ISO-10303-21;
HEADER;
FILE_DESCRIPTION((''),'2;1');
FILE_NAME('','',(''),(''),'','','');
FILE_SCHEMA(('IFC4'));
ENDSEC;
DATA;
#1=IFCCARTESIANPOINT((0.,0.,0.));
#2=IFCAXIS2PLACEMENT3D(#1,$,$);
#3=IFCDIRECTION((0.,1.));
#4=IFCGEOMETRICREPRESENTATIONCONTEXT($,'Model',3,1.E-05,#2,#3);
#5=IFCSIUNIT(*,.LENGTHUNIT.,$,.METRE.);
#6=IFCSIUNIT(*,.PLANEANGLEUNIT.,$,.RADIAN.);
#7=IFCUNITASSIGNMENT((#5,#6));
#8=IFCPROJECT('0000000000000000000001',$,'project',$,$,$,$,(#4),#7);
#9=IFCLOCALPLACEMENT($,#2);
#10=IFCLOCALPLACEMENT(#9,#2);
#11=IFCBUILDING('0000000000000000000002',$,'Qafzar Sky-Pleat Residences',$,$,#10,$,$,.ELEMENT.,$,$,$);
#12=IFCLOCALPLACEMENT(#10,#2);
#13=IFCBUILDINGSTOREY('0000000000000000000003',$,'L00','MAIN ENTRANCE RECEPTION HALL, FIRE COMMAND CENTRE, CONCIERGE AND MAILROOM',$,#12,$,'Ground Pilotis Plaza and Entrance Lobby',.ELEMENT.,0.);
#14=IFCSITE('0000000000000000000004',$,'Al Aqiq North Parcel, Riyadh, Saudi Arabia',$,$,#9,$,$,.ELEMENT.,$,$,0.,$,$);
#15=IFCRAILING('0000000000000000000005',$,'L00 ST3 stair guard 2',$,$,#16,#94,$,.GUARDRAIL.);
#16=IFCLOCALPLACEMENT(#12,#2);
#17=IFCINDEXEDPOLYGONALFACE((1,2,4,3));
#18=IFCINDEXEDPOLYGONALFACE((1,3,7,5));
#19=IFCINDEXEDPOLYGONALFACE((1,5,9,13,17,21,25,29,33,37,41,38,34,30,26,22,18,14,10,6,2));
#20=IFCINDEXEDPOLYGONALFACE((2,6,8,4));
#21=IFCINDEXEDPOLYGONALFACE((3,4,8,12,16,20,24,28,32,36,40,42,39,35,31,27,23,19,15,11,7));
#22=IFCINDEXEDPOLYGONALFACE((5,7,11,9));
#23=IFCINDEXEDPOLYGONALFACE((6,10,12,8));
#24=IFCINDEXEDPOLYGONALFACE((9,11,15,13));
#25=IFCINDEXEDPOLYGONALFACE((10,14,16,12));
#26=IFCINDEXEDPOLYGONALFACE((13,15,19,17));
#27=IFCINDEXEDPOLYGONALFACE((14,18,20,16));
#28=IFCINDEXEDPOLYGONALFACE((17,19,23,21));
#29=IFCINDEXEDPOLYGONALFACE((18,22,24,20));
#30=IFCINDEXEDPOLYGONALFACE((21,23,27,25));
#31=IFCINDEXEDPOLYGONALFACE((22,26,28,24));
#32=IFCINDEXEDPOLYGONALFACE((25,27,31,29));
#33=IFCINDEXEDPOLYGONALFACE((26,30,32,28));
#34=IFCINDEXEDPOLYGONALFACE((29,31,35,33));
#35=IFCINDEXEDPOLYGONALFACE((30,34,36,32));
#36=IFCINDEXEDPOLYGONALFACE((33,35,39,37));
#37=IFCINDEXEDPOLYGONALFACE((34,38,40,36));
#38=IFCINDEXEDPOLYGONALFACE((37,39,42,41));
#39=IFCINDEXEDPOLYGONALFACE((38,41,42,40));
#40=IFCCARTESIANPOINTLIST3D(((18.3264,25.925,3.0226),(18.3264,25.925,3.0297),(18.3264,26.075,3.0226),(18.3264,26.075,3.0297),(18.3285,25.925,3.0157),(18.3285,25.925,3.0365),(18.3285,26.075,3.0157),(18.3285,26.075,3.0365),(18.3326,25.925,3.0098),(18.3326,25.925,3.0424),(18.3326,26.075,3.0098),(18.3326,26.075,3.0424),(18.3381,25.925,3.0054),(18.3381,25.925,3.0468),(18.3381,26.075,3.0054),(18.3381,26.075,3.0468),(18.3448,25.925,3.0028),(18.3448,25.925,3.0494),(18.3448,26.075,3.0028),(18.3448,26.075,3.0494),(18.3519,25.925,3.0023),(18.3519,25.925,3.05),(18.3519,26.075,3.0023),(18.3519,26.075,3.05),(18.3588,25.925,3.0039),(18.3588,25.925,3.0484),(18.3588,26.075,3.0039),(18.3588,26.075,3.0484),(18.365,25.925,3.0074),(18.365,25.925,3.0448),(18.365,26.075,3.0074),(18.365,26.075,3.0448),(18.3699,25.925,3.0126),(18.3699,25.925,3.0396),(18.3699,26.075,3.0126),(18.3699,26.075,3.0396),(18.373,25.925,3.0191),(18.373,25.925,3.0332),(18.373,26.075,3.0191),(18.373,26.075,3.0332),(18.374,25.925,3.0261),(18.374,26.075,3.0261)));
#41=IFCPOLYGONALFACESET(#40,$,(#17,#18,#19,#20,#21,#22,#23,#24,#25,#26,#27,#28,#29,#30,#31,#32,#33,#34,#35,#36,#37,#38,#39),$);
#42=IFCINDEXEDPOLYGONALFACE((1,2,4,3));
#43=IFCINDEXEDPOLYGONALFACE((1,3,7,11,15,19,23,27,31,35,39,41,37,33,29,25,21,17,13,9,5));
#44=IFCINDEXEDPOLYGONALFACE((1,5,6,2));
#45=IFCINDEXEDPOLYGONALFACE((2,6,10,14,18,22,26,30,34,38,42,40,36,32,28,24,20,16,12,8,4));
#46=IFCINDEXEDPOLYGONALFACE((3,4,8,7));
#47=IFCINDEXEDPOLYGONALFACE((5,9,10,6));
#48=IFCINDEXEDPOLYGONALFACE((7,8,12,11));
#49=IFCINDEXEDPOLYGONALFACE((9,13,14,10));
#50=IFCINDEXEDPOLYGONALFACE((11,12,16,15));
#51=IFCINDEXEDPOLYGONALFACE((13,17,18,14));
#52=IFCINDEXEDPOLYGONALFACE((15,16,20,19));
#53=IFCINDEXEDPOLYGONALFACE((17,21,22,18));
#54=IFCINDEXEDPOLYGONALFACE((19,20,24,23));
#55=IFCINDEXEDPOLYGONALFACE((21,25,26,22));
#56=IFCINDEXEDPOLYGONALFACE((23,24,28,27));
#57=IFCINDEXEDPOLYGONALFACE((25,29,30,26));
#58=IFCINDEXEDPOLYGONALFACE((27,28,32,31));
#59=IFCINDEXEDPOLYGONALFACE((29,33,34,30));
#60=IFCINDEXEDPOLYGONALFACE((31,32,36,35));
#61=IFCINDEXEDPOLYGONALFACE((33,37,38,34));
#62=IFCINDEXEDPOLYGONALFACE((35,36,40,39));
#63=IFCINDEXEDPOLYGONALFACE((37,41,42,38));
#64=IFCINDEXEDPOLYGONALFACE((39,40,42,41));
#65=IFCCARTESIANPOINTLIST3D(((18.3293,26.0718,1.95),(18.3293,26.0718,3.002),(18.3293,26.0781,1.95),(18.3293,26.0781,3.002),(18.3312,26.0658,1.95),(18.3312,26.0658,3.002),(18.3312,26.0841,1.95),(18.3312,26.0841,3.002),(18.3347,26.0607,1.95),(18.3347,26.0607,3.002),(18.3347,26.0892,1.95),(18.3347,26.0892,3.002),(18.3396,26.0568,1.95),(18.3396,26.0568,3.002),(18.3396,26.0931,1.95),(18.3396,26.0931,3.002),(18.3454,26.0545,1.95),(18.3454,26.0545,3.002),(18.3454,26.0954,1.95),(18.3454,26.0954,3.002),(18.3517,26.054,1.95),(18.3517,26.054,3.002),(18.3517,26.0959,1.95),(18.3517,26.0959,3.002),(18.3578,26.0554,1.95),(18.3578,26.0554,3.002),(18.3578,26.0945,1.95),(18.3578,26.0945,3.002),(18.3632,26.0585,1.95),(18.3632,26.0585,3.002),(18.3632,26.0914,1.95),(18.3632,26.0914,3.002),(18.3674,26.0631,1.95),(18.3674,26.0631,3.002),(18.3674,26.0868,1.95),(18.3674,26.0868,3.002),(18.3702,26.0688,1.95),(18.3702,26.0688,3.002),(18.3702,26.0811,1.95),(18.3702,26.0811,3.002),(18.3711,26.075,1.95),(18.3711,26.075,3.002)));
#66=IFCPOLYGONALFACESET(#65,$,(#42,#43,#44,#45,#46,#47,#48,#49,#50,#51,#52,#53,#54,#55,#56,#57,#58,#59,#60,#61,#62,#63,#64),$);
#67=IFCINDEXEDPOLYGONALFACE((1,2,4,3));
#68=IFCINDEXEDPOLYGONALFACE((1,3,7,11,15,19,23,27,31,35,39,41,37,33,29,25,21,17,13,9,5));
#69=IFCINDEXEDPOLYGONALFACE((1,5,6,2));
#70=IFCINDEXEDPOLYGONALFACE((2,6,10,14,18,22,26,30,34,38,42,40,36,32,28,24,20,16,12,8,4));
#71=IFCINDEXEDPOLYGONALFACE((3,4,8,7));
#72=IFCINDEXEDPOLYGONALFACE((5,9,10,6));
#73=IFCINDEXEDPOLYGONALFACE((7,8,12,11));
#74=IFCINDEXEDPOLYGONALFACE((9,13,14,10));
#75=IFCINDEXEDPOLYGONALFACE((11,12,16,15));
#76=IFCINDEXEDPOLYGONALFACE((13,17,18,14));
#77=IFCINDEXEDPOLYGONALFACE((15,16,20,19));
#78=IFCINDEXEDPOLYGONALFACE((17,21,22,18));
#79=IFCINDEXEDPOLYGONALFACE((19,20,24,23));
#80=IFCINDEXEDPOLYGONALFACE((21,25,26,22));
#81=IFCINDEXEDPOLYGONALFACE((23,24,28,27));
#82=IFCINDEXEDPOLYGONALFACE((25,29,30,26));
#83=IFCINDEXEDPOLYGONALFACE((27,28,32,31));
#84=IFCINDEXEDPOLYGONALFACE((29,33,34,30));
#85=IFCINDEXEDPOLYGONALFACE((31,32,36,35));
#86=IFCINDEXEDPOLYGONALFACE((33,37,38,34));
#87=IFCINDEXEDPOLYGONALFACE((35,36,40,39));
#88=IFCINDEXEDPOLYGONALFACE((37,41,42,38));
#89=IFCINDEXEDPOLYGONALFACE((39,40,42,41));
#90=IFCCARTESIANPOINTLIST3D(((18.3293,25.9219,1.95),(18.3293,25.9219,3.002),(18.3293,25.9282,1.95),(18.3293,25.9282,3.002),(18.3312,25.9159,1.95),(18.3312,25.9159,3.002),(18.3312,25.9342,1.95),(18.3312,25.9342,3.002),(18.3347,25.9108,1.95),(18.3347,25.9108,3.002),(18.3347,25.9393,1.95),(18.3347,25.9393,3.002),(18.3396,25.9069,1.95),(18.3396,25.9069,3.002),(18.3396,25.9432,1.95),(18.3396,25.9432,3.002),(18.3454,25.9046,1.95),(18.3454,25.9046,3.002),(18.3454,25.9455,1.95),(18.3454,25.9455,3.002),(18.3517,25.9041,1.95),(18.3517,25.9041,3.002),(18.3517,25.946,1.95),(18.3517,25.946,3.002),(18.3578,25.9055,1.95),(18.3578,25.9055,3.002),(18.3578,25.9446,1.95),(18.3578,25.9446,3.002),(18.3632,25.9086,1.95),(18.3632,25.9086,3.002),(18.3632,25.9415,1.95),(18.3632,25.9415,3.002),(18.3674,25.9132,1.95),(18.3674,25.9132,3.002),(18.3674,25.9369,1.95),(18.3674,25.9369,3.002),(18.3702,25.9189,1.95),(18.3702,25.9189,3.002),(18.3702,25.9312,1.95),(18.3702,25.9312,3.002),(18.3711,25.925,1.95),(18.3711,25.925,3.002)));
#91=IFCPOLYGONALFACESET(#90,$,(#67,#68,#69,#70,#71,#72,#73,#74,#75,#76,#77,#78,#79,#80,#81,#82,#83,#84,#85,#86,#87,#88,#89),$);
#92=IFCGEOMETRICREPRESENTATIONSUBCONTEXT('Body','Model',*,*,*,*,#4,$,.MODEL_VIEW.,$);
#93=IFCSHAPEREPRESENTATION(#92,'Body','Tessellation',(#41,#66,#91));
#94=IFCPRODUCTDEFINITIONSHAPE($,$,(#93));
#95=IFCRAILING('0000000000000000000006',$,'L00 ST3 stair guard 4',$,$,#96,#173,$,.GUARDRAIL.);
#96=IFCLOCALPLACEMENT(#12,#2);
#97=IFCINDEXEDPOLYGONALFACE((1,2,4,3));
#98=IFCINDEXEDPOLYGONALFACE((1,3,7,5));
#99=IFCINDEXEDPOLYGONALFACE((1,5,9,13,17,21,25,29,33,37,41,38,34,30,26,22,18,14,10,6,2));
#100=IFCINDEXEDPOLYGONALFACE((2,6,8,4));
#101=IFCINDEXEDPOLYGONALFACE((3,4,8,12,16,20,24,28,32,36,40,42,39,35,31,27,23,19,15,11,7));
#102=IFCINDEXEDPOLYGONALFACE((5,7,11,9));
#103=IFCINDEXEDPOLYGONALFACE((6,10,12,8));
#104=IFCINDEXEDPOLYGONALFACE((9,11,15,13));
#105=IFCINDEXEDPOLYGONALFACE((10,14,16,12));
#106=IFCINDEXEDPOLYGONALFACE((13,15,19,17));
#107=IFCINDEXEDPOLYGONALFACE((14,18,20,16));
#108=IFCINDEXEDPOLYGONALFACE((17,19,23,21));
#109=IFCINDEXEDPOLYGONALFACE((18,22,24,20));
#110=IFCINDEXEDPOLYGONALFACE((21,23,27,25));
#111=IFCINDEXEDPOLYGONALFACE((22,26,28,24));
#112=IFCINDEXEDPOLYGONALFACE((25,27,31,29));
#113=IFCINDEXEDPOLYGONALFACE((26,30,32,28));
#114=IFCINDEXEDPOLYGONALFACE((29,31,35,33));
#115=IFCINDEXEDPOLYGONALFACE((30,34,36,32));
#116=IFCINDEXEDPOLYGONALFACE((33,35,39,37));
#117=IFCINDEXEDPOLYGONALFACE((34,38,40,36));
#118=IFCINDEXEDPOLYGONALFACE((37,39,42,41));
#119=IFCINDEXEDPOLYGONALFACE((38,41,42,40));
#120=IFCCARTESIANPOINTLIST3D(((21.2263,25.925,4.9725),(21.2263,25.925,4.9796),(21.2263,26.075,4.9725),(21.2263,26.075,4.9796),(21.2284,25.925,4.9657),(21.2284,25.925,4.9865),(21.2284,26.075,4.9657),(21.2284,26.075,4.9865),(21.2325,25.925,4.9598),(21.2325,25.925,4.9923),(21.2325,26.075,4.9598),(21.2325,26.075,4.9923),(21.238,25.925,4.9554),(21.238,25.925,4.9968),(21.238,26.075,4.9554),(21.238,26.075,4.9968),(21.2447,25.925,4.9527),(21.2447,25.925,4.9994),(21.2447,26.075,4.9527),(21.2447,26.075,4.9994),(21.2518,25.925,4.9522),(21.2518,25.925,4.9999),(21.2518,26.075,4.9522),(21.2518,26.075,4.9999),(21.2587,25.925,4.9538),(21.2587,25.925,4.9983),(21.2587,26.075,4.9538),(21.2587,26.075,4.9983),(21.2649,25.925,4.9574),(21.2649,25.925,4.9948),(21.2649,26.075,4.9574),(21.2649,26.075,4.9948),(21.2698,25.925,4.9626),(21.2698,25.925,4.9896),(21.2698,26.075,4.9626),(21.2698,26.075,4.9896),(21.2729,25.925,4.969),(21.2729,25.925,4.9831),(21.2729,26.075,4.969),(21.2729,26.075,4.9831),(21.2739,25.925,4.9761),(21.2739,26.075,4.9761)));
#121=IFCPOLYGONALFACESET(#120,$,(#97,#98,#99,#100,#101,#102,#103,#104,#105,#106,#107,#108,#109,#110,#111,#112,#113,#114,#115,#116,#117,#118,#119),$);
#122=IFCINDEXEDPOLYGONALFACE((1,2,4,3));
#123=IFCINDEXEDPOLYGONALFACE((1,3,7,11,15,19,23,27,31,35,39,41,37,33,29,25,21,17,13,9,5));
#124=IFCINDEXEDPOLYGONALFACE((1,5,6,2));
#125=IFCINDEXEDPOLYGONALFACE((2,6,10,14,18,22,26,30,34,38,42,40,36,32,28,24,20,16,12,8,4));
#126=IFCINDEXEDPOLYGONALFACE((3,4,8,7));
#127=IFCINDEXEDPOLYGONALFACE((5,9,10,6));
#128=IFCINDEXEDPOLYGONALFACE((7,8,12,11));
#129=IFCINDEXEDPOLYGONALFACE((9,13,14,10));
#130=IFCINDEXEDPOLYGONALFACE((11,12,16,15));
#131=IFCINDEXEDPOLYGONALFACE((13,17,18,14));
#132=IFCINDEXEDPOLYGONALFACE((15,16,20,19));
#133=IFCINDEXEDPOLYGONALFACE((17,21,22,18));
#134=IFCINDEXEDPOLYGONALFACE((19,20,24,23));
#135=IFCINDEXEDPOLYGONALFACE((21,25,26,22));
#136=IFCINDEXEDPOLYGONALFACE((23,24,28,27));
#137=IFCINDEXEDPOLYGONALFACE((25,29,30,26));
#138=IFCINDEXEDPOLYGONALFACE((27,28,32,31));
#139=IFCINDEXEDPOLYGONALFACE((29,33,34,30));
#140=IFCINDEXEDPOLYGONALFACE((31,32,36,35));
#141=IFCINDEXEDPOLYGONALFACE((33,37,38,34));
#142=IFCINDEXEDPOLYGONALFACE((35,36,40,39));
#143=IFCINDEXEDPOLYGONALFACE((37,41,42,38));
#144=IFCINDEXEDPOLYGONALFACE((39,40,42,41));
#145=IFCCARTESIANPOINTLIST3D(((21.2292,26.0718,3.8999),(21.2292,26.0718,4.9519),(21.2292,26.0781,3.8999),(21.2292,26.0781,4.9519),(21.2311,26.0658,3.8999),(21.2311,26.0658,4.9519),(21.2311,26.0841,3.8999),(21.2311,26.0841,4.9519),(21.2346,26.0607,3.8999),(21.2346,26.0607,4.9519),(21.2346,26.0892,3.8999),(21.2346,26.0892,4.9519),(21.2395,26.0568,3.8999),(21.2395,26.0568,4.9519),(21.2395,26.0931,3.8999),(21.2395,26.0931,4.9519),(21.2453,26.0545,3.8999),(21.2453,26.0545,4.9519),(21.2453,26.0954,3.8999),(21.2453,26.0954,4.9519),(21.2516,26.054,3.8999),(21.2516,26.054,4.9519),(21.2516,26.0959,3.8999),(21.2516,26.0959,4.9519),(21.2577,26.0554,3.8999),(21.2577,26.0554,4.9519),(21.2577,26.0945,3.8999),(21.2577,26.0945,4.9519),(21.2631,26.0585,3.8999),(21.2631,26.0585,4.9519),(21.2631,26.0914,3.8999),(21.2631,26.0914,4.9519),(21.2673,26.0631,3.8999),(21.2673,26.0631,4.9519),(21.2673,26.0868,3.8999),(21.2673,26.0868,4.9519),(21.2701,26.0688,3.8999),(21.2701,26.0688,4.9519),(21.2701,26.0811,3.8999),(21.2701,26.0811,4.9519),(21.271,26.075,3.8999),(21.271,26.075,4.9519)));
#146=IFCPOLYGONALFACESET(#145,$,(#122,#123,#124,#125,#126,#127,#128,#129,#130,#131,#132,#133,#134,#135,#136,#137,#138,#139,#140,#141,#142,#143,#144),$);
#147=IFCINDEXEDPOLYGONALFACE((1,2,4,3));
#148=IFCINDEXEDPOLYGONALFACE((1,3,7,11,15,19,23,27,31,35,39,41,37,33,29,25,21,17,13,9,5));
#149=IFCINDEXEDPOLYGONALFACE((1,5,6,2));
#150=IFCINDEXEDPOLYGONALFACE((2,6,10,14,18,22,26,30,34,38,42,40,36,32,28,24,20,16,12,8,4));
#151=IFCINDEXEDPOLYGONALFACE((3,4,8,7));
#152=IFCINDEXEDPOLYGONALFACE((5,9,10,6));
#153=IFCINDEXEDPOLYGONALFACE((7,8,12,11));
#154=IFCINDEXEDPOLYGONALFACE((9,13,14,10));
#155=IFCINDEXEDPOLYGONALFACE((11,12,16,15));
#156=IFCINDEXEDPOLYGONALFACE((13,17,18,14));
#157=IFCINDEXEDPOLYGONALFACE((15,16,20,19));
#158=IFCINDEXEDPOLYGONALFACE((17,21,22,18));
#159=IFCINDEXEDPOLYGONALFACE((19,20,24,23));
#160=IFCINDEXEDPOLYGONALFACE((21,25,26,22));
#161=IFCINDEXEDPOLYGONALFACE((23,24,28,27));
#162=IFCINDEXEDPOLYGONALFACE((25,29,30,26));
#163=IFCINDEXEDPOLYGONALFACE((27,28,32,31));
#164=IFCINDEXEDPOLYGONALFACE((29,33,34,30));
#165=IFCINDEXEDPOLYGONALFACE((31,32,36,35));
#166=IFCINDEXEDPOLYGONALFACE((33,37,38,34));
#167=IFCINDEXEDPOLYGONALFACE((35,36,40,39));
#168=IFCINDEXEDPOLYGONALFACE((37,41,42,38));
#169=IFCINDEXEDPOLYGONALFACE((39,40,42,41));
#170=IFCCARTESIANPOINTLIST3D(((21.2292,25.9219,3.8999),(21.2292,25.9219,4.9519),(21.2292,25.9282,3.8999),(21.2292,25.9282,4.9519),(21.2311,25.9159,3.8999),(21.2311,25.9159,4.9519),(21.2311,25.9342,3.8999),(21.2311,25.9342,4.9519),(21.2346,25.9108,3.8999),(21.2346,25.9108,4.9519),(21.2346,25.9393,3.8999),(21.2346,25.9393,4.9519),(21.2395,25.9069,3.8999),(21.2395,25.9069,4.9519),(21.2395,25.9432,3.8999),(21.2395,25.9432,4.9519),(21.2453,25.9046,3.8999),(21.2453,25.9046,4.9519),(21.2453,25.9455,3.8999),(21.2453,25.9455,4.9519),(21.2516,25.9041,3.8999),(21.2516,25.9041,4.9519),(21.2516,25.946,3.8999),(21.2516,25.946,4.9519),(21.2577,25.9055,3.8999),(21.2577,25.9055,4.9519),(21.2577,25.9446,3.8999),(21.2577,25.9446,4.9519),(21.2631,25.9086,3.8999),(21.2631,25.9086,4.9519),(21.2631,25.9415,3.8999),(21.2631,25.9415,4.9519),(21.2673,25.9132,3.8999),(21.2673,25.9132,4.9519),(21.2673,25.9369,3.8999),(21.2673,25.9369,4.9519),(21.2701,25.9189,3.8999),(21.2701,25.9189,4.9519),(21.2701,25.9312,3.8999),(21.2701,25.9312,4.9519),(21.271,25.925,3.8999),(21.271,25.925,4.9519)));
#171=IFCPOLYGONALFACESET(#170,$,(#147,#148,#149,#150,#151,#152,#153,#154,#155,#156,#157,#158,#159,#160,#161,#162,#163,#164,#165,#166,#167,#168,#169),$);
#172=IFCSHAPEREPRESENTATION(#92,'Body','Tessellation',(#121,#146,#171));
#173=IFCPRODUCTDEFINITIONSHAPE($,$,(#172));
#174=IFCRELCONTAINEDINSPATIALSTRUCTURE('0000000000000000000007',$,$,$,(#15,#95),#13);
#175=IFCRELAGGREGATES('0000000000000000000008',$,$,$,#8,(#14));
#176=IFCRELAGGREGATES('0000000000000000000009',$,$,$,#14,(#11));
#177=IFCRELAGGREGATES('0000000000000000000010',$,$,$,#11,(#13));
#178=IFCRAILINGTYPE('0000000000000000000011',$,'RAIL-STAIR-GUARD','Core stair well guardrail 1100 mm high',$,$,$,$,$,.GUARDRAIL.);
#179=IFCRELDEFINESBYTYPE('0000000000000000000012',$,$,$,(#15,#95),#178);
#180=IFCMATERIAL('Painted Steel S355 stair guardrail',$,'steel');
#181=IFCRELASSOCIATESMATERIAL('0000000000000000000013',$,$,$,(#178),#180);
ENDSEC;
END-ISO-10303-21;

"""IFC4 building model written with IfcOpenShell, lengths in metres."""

from ifc_helpers import new_model, si_unit, direction, frame, origin, origin_2d, place, context, subcontext, project, spatial, circle, extrude, source, transform, mapped, material, type_object, element, save


model = new_model("IFC4")

# Units and contexts
model_context = context("Model", 3, precision=1e-05, world=origin(), true_north=direction((0.0, 1.0)))
body_context = subcontext(model_context, "Body", "Model", "MODEL_VIEW")
ifc_project = project(units=[si_unit("LENGTHUNIT", "METRE"), si_unit("PLANEANGLEUNIT", "RADIAN")], contexts=[model_context])

# Site, building, storey
site_placement = place(None, origin())
site = spatial("IfcSite", under=ifc_project, at=site_placement, Name="Al Aqiq North Parcel, Riyadh, Saudi Arabia", CompositionType="ELEMENT", RefElevation=0.0)
building_placement = place(site_placement, origin())
building = spatial("IfcBuilding", under=site, at=building_placement, Name="Qafzar Sky-Pleat Residences", CompositionType="ELEMENT")
storey_placement = place(building_placement, origin())
storey = spatial("IfcBuildingStorey", under=building, at=storey_placement, Name="L00", Description="MAIN ENTRANCE RECEPTION HALL, FIRE COMMAND CENTRE, CONCIERGE AND MAILROOM", LongName="Ground Pilotis Plaza and Entrance Lobby", CompositionType="ELEMENT", Elevation=0.0)

# Railings
ifc_material_1 = material(Name="Painted Steel S355 stair guardrail", Category="steel")
railing_type_1 = type_object("IfcRailingType", Name="RAIL-STAIR-GUARD", Description="Core stair well guardrail 1100 mm high", PredefinedType="GUARDRAIL", material=ifc_material_1)
shared_shape_1 = source(origin(), body_context, "Body", "SweptSolid", [
    extrude(circle(Radius=0.0239, at=origin_2d()), frame((0.0, 0.0, 1.0762), z_axis=(0.0, -1.0, 0.0), x_axis=(1.0, 0.0, 0.0)), (0.0, 0.0, 1.0), 0.1499),
    extrude(circle(Radius=0.021, at=origin_2d()), origin(), (0.0, 0.0, 1.0), 1.052),
    extrude(circle(Radius=0.021, at=origin_2d()), frame((0.0, -0.1499, 0.0)), (0.0, 0.0, 1.0), 1.052),
])
for number, where, name in (
    (1, (18.3501, 26.075, 1.95), "L00 ST3 stair guard 2"),
    (2, (21.25, 26.075, 3.8999), "L00 ST3 stair guard 4"),
):
    element("IfcRailing", number, at=place(storey_placement, frame(where)), inside=storey, type_object=railing_type_1, Name=name, PredefinedType="GUARDRAIL", context=body_context, shape_type="MappedRepresentation", body=[
        mapped(shared_shape_1, transform((0.0, 0.0, 0.0), x_axis=(1.0, 0.0, 0.0), y_axis=(0.0, 1.0, 0.0), z_axis=(0.0, 0.0, 1.0), scale=1.0)),
    ])

save(model, "model.ifc")
